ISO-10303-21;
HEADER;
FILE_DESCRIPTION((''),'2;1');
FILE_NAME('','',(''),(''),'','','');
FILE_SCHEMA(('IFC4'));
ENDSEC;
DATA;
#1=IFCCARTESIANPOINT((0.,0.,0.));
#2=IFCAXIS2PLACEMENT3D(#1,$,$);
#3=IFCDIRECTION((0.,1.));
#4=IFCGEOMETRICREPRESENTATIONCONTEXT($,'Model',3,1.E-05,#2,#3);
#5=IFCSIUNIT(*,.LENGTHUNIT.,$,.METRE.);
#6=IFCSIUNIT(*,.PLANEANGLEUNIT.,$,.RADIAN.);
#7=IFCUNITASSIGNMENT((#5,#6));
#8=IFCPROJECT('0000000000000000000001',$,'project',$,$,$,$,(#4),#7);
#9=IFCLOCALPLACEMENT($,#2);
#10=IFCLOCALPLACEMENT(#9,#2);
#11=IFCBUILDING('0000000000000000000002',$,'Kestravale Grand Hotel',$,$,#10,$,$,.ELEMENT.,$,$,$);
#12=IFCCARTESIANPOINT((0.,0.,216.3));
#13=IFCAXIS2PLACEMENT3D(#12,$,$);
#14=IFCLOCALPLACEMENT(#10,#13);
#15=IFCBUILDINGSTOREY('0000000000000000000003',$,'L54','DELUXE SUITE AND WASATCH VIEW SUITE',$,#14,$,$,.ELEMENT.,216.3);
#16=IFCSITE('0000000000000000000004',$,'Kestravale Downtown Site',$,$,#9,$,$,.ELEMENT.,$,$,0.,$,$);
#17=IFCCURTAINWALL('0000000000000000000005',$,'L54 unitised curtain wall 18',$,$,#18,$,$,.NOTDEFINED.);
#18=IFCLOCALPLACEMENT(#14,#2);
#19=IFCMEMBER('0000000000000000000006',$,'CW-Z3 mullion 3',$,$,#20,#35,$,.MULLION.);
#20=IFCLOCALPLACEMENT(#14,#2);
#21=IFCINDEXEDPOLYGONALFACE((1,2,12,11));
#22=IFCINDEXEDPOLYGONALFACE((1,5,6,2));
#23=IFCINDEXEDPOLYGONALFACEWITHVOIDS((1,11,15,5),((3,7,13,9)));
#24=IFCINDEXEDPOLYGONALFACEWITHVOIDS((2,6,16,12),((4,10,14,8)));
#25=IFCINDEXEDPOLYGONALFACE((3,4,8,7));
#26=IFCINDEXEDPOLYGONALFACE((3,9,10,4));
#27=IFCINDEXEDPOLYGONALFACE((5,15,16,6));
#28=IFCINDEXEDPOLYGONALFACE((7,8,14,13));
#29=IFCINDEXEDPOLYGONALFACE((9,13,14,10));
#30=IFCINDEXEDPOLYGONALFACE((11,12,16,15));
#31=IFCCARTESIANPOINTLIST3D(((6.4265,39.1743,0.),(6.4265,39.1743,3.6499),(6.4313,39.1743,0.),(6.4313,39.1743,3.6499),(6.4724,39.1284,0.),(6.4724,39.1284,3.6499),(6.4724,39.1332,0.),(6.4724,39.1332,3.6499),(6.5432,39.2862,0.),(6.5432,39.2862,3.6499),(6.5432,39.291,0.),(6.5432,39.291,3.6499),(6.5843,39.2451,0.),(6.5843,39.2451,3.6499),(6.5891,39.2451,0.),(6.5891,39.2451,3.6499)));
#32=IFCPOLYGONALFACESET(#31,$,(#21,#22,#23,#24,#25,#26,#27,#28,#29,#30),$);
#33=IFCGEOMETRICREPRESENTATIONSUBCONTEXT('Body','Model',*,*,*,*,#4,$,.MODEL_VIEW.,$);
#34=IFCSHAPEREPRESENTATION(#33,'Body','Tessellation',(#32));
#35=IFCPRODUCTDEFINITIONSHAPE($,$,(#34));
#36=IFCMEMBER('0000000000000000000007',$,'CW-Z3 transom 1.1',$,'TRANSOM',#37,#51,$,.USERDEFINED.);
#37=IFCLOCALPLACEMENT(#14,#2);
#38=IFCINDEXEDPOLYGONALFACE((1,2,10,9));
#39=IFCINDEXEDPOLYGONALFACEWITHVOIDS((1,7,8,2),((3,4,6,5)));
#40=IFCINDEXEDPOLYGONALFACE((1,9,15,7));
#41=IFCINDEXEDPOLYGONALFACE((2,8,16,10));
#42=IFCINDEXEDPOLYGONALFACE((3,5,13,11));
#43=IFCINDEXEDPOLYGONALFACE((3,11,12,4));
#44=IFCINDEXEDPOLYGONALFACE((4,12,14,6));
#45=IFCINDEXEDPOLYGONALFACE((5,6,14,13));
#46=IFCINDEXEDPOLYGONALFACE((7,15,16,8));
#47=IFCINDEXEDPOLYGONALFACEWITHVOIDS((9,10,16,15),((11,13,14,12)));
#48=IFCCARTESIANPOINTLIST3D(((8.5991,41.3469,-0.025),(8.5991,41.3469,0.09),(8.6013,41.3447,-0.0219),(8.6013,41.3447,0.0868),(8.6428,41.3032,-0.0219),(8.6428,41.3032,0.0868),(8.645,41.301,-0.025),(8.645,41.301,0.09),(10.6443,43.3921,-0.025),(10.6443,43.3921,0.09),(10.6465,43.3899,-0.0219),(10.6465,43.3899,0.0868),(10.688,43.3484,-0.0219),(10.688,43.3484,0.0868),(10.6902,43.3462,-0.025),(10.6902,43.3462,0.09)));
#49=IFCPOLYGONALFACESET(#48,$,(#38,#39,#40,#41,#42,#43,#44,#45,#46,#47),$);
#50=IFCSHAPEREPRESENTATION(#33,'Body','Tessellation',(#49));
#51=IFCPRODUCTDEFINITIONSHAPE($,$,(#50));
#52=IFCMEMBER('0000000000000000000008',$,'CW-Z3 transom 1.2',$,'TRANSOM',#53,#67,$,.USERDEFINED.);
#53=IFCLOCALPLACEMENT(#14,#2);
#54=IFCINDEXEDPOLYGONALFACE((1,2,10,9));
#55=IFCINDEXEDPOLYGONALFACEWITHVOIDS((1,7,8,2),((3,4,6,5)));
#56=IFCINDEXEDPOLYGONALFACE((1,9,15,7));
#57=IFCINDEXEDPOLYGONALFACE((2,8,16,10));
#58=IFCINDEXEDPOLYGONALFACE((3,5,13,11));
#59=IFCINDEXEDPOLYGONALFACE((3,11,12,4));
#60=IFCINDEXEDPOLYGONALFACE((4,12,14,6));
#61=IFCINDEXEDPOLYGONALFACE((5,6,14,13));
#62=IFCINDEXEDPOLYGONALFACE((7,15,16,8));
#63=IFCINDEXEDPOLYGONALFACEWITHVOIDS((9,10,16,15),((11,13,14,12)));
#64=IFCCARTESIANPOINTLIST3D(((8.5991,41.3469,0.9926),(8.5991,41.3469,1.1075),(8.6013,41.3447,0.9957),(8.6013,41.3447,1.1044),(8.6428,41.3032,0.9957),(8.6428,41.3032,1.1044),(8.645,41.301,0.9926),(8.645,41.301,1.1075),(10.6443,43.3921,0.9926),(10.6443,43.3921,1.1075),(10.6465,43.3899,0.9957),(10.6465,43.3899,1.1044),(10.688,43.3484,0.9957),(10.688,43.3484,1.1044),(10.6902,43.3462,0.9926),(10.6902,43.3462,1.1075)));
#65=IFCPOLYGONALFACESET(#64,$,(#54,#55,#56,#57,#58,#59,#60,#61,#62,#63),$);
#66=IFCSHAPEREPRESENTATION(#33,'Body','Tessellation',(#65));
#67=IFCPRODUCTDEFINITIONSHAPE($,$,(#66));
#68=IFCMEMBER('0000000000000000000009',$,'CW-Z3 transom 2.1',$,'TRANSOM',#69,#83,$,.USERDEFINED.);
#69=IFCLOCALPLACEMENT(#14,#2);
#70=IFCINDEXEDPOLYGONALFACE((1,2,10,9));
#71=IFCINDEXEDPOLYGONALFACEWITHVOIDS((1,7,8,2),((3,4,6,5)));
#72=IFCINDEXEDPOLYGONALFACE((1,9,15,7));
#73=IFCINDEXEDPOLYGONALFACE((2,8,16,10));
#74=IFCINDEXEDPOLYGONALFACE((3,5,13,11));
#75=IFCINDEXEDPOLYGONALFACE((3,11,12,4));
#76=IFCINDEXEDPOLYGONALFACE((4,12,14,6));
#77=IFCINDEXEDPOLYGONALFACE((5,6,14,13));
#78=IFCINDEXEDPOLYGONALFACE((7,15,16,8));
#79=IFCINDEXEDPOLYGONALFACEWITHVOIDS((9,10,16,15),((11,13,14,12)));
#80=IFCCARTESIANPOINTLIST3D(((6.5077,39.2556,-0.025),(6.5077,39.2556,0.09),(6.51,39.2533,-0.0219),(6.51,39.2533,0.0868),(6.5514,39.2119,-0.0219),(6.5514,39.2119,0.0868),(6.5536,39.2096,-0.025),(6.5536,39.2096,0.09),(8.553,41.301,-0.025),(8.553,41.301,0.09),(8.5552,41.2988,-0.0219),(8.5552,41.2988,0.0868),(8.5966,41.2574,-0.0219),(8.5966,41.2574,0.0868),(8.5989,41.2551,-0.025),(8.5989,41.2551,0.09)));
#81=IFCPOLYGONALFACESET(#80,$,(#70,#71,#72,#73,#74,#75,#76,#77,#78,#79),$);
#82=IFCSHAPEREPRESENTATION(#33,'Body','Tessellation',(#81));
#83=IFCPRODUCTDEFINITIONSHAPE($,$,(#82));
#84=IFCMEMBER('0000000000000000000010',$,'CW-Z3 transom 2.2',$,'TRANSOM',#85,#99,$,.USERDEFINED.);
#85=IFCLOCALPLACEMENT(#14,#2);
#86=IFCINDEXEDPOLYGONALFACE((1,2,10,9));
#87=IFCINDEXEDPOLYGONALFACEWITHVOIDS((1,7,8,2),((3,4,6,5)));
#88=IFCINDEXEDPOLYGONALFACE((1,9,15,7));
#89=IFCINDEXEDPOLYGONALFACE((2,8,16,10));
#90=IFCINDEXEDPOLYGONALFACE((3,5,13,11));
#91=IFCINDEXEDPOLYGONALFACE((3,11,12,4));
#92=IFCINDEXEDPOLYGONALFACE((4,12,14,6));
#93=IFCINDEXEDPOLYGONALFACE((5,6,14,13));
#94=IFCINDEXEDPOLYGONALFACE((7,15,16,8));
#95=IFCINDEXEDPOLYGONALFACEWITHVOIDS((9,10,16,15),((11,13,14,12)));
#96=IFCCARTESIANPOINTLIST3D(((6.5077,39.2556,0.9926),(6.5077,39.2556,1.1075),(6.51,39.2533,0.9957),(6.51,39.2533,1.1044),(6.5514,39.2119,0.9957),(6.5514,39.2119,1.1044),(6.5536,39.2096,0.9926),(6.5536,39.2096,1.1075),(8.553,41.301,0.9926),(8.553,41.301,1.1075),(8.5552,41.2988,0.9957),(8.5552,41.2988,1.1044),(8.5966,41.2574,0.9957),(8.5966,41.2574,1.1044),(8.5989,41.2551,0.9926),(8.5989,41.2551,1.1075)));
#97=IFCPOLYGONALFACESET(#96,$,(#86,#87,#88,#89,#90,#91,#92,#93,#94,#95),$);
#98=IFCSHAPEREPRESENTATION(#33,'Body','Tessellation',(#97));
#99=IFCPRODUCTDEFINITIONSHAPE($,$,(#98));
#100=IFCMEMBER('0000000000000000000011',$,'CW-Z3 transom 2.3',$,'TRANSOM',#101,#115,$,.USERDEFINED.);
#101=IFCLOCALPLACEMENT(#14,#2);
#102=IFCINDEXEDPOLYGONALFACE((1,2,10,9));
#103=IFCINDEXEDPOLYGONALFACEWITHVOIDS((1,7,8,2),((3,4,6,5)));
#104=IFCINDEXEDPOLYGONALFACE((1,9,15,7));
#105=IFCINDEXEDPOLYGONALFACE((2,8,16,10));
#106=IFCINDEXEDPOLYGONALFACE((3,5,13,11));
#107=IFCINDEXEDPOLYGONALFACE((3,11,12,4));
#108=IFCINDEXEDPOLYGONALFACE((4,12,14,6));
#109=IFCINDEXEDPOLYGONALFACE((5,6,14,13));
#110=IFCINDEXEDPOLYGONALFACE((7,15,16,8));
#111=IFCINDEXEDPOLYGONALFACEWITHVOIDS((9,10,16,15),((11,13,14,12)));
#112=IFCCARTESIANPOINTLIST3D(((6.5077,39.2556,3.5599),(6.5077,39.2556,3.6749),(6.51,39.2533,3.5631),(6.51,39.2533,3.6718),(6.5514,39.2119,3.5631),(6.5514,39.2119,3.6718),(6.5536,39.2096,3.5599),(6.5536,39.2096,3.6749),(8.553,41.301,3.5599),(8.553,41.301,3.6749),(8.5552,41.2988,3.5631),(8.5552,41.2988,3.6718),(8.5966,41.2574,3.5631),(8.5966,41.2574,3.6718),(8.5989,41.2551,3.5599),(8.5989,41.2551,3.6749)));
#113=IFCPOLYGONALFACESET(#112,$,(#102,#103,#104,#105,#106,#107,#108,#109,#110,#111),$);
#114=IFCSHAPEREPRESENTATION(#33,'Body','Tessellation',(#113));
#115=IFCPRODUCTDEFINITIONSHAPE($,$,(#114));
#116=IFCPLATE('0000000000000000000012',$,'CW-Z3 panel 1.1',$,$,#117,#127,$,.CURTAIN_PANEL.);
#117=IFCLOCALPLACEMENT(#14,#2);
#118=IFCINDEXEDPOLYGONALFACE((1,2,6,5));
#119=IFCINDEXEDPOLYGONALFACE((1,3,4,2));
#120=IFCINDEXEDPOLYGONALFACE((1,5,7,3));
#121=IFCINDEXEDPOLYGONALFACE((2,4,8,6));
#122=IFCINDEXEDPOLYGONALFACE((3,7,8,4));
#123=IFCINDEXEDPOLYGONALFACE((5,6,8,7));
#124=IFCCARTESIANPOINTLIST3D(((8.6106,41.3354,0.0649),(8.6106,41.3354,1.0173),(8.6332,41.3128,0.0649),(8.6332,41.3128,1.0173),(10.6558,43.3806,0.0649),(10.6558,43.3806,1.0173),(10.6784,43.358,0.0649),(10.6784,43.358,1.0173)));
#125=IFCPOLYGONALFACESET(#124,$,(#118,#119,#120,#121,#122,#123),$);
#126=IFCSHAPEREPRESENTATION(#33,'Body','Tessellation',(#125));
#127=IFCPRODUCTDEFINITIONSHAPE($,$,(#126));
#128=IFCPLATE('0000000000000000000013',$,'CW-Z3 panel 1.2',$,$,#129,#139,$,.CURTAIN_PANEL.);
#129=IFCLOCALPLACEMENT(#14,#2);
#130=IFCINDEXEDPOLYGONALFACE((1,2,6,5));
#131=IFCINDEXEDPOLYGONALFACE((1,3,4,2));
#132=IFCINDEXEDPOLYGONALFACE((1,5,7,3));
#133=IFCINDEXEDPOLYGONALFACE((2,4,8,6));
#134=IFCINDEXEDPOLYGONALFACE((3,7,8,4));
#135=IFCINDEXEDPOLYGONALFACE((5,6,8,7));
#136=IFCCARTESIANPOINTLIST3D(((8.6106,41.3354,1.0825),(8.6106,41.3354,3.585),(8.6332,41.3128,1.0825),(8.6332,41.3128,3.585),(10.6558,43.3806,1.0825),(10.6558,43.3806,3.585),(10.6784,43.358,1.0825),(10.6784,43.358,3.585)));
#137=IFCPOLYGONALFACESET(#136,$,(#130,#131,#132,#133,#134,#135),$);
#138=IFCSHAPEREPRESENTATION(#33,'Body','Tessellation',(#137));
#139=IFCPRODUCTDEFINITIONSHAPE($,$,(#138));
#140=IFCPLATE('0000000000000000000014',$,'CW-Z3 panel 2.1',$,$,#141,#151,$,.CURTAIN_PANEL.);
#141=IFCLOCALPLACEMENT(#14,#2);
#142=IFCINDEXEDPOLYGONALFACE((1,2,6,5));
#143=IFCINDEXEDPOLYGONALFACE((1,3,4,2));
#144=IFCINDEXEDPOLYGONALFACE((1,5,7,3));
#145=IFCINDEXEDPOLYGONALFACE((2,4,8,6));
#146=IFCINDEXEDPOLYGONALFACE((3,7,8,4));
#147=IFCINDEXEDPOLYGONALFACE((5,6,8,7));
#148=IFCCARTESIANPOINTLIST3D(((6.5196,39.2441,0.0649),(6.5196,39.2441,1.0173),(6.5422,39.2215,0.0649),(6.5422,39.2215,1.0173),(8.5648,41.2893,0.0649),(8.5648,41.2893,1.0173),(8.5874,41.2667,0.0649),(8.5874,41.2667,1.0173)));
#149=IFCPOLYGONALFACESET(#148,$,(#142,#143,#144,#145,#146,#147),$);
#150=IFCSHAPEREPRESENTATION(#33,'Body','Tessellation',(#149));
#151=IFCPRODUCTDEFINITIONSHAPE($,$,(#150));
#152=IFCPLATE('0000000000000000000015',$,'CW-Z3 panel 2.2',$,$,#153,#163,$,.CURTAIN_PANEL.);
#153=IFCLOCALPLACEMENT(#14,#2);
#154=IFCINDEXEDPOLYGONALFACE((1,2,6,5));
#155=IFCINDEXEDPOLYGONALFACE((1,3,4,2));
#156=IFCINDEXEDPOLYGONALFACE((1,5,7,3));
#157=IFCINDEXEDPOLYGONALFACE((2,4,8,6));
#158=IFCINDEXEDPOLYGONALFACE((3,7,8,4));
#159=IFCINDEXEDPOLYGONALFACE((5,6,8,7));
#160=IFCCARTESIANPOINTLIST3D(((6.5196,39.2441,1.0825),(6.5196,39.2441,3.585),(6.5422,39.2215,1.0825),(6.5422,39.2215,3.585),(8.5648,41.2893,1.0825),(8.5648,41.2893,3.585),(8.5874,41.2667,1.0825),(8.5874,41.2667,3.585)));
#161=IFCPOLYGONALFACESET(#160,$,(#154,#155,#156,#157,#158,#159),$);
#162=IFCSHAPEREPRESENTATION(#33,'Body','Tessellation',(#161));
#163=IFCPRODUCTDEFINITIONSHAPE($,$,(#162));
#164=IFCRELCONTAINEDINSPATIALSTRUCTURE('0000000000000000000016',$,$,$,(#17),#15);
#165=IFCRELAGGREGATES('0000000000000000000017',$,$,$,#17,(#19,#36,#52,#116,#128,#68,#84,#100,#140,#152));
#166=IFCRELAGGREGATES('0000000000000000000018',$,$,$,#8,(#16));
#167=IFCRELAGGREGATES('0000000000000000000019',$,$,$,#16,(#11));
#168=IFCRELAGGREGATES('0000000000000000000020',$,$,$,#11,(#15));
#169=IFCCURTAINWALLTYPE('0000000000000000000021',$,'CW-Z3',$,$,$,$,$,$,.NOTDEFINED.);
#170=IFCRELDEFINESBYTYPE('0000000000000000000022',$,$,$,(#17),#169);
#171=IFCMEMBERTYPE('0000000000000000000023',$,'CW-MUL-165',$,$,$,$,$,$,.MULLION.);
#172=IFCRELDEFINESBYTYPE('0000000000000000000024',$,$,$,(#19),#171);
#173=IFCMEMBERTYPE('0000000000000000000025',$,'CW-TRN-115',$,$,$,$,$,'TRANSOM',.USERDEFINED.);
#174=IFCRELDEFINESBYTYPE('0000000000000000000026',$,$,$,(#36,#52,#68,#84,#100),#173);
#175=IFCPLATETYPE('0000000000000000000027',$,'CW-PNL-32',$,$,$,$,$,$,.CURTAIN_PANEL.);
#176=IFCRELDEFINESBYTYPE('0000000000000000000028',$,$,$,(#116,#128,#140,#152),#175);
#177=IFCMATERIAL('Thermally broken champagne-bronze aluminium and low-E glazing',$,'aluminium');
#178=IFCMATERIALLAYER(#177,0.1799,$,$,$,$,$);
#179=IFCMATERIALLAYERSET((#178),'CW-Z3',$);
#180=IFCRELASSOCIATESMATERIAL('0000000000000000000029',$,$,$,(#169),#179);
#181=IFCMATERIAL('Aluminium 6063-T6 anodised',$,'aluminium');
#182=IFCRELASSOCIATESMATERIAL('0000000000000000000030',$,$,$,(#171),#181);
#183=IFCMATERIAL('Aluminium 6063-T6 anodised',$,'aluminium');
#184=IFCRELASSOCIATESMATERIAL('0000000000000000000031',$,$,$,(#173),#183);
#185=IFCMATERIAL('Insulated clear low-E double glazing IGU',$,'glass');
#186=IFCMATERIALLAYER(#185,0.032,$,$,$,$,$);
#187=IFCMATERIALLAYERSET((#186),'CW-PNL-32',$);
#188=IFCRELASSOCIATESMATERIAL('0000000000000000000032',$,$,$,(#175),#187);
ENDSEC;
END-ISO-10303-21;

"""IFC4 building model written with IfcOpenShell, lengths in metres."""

from ifc_helpers import new_model, si_unit, direction, frame, origin, origin_2d, place, context, subcontext, project, spatial, rectangle, hollow_rectangle, extrude, material, layer, layer_set, material_profile, profile_set, type_object, element, aggregate, save


model = new_model("IFC4")

# Units and contexts
model_context = context("Model", 3, precision=1e-05, world=origin(), true_north=direction((0.0, 1.0)))
body_context = subcontext(model_context, "Body", "Model", "MODEL_VIEW")
ifc_project = project(units=[si_unit("LENGTHUNIT", "METRE"), si_unit("PLANEANGLEUNIT", "RADIAN")], contexts=[model_context])

# Site, building, storey
site_placement = place(None, origin())
site = spatial("IfcSite", under=ifc_project, at=site_placement, Name="Kestravale Downtown Site", CompositionType="ELEMENT", RefElevation=0.0)
building_placement = place(site_placement, origin())
building = spatial("IfcBuilding", under=site, at=building_placement, Name="Kestravale Grand Hotel", CompositionType="ELEMENT")
storey_placement = place(building_placement, frame((0.0, 0.0, 216.3)))
storey = spatial("IfcBuildingStorey", under=building, at=storey_placement, Name="L54", Description="DELUXE SUITE AND WASATCH VIEW SUITE", CompositionType="ELEMENT", Elevation=216.3)

# Curtain wall, members, plates
ifc_material_1 = material(Name="Thermally broken champagne-bronze aluminium and low-E glazing", Category="aluminium")
ifc_layer_1 = layer(ifc_material_1, 0.1799)
ifc_layer_set_1 = layer_set([ifc_layer_1], Name="CW-Z3")
curtain_wall_type = type_object("IfcCurtainWallType", Name="CW-Z3", PredefinedType="NOTDEFINED", material=ifc_layer_set_1)
curtain_wall_placement = place(storey_placement, origin())
curtain_wall = element("IfcCurtainWall", 1, at=curtain_wall_placement, inside=storey, type_object=curtain_wall_type, Name="L54 unitised curtain wall 18", PredefinedType="NOTDEFINED")
ifc_material_2 = material(Name="Aluminium 6063-T6 anodised", Category="aluminium")
ifc_material_profile_1 = material_profile(ifc_material_2, hollow_rectangle(XDim=0.0649, YDim=0.165, WallThickness=0.0034, at=origin_2d()))
ifc_profile_set_1 = profile_set([ifc_material_profile_1], Name="Aluminium 6063-T6 anodised")
member_type_1 = type_object("IfcMemberType", Name="CW-MUL-165", PredefinedType="MULLION", material=ifc_profile_set_1)
member_1_placement = place(storey_placement, frame((6.5078, 39.2097, 0.0), z_axis=(0.0, 0.0, 1.0), x_axis=(0.707107, -0.707107, 0.0)))
member_1 = element("IfcMember", 2, at=member_1_placement, type_object=member_type_1, Name="CW-Z3 mullion 3", PredefinedType="MULLION", context=body_context, shape_type="SweptSolid", body=[
    extrude(hollow_rectangle(XDim=0.0649, YDim=0.165, WallThickness=0.0034, at=origin_2d()), origin(), (0.0, 0.0, 1.0), 3.6499),
])
ifc_material_3 = material(Name="Aluminium 6063-T6 anodised", Category="aluminium")
ifc_material_profile_2 = material_profile(ifc_material_3, hollow_rectangle(XDim=0.0649, YDim=0.115, WallThickness=0.0032, at=origin_2d()))
ifc_profile_set_2 = profile_set([ifc_material_profile_2], Name="Aluminium 6063-T6 anodised")
member_type_2 = type_object("IfcMemberType", Name="CW-TRN-115", ElementType="TRANSOM", PredefinedType="USERDEFINED", material=ifc_profile_set_2)
member_2_placement = place(storey_placement, frame((10.6672, 43.3691, 0.0325), z_axis=(-0.707107, -0.707107, 0.0), x_axis=(0.707107, -0.707107, 0.0)))
member_2 = element("IfcMember", 3, at=member_2_placement, type_object=member_type_2, Name="CW-Z3 transom 1.1", ObjectType="TRANSOM", PredefinedType="USERDEFINED", context=body_context, shape_type="SweptSolid", body=[
    extrude(hollow_rectangle(XDim=0.0649, YDim=0.115, WallThickness=0.0032, at=origin_2d()), origin(), (0.0, 0.0, 1.0), 2.8923),
])
member_3_placement = place(storey_placement, frame((10.6672, 43.3691, 1.05), z_axis=(-0.707107, -0.707107, 0.0), x_axis=(0.707107, -0.707107, 0.0)))
member_3 = element("IfcMember", 4, at=member_3_placement, type_object=member_type_2, Name="CW-Z3 transom 1.2", ObjectType="TRANSOM", PredefinedType="USERDEFINED", context=body_context, shape_type="SweptSolid", body=[
    extrude(hollow_rectangle(XDim=0.0649, YDim=0.115, WallThickness=0.0032, at=origin_2d()), origin(), (0.0, 0.0, 1.0), 2.8923),
])
member_4_placement = place(storey_placement, frame((8.5759, 41.2781, 0.0325), z_axis=(-0.707065, -0.707149, 0.0), x_axis=(0.707149, -0.707065, 0.0)))
member_4 = element("IfcMember", 5, at=member_4_placement, type_object=member_type_2, Name="CW-Z3 transom 2.1", ObjectType="TRANSOM", PredefinedType="USERDEFINED", context=body_context, shape_type="SweptSolid", body=[
    extrude(hollow_rectangle(XDim=0.0649, YDim=0.115, WallThickness=0.0032, at=origin_2d()), origin(), (0.0, 0.0, 1.0), 2.8926),
])
member_5_placement = place(storey_placement, frame((8.5759, 41.2781, 1.05), z_axis=(-0.707065, -0.707149, 0.0), x_axis=(0.707149, -0.707065, 0.0)))
member_5 = element("IfcMember", 6, at=member_5_placement, type_object=member_type_2, Name="CW-Z3 transom 2.2", ObjectType="TRANSOM", PredefinedType="USERDEFINED", context=body_context, shape_type="SweptSolid", body=[
    extrude(hollow_rectangle(XDim=0.0649, YDim=0.115, WallThickness=0.0032, at=origin_2d()), origin(), (0.0, 0.0, 1.0), 2.8926),
])
member_6_placement = place(storey_placement, frame((8.5759, 41.2781, 3.6174), z_axis=(-0.707065, -0.707149, 0.0), x_axis=(0.707149, -0.707065, 0.0)))
member_6 = element("IfcMember", 7, at=member_6_placement, type_object=member_type_2, Name="CW-Z3 transom 2.3", ObjectType="TRANSOM", PredefinedType="USERDEFINED", context=body_context, shape_type="SweptSolid", body=[
    extrude(hollow_rectangle(XDim=0.0649, YDim=0.115, WallThickness=0.0032, at=origin_2d()), origin(), (0.0, 0.0, 1.0), 2.8926),
])
ifc_material_4 = material(Name="Insulated clear low-E double glazing IGU", Category="glass")
ifc_layer_2 = layer(ifc_material_4, 0.032)
ifc_layer_set_2 = layer_set([ifc_layer_2], Name="CW-PNL-32")
plate_type = type_object("IfcPlateType", Name="CW-PNL-32", PredefinedType="CURTAIN_PANEL", material=ifc_layer_set_2)
plate_1_placement = place(storey_placement, frame((9.6445, 42.3467, 0.0649), z_axis=(0.0, 0.0, 1.0), x_axis=(-0.707107, -0.707107, 0.0)))
plate_1 = element("IfcPlate", 8, at=plate_1_placement, type_object=plate_type, Name="CW-Z3 panel 1.1", PredefinedType="CURTAIN_PANEL", context=body_context, shape_type="SweptSolid", body=[
    extrude(rectangle(XDim=2.8923, YDim=0.032, at=origin_2d()), origin(), (0.0, 0.0, 1.0), 0.9524),
])
plate_2_placement = place(storey_placement, frame((9.6445, 42.3467, 1.0825), z_axis=(0.0, 0.0, 1.0), x_axis=(-0.707107, -0.707107, 0.0)))
plate_2 = element("IfcPlate", 9, at=plate_2_placement, type_object=plate_type, Name="CW-Z3 panel 1.2", PredefinedType="CURTAIN_PANEL", context=body_context, shape_type="SweptSolid", body=[
    extrude(rectangle(XDim=2.8923, YDim=0.032, at=origin_2d()), origin(), (0.0, 0.0, 1.0), 2.5024),
])
plate_3_placement = place(storey_placement, frame((7.5535, 40.2554, 0.0649), z_axis=(0.0, 0.0, 1.0), x_axis=(-0.707107, -0.707107, 0.0)))
plate_3 = element("IfcPlate", 10, at=plate_3_placement, type_object=plate_type, Name="CW-Z3 panel 2.1", PredefinedType="CURTAIN_PANEL", context=body_context, shape_type="SweptSolid", body=[
    extrude(rectangle(XDim=2.8923, YDim=0.032, at=origin_2d()), origin(), (0.0, 0.0, 1.0), 0.9524),
])
plate_4_placement = place(storey_placement, frame((7.5535, 40.2554, 1.0825), z_axis=(0.0, 0.0, 1.0), x_axis=(-0.707107, -0.707107, 0.0)))
plate_4 = element("IfcPlate", 11, at=plate_4_placement, type_object=plate_type, Name="CW-Z3 panel 2.2", PredefinedType="CURTAIN_PANEL", context=body_context, shape_type="SweptSolid", body=[
    extrude(rectangle(XDim=2.8923, YDim=0.032, at=origin_2d()), origin(), (0.0, 0.0, 1.0), 2.5024),
])
aggregate(curtain_wall, [member_1, member_2, member_3, plate_1, plate_2, member_4, member_5, member_6, plate_3, plate_4])

save(model, "model.ifc")
